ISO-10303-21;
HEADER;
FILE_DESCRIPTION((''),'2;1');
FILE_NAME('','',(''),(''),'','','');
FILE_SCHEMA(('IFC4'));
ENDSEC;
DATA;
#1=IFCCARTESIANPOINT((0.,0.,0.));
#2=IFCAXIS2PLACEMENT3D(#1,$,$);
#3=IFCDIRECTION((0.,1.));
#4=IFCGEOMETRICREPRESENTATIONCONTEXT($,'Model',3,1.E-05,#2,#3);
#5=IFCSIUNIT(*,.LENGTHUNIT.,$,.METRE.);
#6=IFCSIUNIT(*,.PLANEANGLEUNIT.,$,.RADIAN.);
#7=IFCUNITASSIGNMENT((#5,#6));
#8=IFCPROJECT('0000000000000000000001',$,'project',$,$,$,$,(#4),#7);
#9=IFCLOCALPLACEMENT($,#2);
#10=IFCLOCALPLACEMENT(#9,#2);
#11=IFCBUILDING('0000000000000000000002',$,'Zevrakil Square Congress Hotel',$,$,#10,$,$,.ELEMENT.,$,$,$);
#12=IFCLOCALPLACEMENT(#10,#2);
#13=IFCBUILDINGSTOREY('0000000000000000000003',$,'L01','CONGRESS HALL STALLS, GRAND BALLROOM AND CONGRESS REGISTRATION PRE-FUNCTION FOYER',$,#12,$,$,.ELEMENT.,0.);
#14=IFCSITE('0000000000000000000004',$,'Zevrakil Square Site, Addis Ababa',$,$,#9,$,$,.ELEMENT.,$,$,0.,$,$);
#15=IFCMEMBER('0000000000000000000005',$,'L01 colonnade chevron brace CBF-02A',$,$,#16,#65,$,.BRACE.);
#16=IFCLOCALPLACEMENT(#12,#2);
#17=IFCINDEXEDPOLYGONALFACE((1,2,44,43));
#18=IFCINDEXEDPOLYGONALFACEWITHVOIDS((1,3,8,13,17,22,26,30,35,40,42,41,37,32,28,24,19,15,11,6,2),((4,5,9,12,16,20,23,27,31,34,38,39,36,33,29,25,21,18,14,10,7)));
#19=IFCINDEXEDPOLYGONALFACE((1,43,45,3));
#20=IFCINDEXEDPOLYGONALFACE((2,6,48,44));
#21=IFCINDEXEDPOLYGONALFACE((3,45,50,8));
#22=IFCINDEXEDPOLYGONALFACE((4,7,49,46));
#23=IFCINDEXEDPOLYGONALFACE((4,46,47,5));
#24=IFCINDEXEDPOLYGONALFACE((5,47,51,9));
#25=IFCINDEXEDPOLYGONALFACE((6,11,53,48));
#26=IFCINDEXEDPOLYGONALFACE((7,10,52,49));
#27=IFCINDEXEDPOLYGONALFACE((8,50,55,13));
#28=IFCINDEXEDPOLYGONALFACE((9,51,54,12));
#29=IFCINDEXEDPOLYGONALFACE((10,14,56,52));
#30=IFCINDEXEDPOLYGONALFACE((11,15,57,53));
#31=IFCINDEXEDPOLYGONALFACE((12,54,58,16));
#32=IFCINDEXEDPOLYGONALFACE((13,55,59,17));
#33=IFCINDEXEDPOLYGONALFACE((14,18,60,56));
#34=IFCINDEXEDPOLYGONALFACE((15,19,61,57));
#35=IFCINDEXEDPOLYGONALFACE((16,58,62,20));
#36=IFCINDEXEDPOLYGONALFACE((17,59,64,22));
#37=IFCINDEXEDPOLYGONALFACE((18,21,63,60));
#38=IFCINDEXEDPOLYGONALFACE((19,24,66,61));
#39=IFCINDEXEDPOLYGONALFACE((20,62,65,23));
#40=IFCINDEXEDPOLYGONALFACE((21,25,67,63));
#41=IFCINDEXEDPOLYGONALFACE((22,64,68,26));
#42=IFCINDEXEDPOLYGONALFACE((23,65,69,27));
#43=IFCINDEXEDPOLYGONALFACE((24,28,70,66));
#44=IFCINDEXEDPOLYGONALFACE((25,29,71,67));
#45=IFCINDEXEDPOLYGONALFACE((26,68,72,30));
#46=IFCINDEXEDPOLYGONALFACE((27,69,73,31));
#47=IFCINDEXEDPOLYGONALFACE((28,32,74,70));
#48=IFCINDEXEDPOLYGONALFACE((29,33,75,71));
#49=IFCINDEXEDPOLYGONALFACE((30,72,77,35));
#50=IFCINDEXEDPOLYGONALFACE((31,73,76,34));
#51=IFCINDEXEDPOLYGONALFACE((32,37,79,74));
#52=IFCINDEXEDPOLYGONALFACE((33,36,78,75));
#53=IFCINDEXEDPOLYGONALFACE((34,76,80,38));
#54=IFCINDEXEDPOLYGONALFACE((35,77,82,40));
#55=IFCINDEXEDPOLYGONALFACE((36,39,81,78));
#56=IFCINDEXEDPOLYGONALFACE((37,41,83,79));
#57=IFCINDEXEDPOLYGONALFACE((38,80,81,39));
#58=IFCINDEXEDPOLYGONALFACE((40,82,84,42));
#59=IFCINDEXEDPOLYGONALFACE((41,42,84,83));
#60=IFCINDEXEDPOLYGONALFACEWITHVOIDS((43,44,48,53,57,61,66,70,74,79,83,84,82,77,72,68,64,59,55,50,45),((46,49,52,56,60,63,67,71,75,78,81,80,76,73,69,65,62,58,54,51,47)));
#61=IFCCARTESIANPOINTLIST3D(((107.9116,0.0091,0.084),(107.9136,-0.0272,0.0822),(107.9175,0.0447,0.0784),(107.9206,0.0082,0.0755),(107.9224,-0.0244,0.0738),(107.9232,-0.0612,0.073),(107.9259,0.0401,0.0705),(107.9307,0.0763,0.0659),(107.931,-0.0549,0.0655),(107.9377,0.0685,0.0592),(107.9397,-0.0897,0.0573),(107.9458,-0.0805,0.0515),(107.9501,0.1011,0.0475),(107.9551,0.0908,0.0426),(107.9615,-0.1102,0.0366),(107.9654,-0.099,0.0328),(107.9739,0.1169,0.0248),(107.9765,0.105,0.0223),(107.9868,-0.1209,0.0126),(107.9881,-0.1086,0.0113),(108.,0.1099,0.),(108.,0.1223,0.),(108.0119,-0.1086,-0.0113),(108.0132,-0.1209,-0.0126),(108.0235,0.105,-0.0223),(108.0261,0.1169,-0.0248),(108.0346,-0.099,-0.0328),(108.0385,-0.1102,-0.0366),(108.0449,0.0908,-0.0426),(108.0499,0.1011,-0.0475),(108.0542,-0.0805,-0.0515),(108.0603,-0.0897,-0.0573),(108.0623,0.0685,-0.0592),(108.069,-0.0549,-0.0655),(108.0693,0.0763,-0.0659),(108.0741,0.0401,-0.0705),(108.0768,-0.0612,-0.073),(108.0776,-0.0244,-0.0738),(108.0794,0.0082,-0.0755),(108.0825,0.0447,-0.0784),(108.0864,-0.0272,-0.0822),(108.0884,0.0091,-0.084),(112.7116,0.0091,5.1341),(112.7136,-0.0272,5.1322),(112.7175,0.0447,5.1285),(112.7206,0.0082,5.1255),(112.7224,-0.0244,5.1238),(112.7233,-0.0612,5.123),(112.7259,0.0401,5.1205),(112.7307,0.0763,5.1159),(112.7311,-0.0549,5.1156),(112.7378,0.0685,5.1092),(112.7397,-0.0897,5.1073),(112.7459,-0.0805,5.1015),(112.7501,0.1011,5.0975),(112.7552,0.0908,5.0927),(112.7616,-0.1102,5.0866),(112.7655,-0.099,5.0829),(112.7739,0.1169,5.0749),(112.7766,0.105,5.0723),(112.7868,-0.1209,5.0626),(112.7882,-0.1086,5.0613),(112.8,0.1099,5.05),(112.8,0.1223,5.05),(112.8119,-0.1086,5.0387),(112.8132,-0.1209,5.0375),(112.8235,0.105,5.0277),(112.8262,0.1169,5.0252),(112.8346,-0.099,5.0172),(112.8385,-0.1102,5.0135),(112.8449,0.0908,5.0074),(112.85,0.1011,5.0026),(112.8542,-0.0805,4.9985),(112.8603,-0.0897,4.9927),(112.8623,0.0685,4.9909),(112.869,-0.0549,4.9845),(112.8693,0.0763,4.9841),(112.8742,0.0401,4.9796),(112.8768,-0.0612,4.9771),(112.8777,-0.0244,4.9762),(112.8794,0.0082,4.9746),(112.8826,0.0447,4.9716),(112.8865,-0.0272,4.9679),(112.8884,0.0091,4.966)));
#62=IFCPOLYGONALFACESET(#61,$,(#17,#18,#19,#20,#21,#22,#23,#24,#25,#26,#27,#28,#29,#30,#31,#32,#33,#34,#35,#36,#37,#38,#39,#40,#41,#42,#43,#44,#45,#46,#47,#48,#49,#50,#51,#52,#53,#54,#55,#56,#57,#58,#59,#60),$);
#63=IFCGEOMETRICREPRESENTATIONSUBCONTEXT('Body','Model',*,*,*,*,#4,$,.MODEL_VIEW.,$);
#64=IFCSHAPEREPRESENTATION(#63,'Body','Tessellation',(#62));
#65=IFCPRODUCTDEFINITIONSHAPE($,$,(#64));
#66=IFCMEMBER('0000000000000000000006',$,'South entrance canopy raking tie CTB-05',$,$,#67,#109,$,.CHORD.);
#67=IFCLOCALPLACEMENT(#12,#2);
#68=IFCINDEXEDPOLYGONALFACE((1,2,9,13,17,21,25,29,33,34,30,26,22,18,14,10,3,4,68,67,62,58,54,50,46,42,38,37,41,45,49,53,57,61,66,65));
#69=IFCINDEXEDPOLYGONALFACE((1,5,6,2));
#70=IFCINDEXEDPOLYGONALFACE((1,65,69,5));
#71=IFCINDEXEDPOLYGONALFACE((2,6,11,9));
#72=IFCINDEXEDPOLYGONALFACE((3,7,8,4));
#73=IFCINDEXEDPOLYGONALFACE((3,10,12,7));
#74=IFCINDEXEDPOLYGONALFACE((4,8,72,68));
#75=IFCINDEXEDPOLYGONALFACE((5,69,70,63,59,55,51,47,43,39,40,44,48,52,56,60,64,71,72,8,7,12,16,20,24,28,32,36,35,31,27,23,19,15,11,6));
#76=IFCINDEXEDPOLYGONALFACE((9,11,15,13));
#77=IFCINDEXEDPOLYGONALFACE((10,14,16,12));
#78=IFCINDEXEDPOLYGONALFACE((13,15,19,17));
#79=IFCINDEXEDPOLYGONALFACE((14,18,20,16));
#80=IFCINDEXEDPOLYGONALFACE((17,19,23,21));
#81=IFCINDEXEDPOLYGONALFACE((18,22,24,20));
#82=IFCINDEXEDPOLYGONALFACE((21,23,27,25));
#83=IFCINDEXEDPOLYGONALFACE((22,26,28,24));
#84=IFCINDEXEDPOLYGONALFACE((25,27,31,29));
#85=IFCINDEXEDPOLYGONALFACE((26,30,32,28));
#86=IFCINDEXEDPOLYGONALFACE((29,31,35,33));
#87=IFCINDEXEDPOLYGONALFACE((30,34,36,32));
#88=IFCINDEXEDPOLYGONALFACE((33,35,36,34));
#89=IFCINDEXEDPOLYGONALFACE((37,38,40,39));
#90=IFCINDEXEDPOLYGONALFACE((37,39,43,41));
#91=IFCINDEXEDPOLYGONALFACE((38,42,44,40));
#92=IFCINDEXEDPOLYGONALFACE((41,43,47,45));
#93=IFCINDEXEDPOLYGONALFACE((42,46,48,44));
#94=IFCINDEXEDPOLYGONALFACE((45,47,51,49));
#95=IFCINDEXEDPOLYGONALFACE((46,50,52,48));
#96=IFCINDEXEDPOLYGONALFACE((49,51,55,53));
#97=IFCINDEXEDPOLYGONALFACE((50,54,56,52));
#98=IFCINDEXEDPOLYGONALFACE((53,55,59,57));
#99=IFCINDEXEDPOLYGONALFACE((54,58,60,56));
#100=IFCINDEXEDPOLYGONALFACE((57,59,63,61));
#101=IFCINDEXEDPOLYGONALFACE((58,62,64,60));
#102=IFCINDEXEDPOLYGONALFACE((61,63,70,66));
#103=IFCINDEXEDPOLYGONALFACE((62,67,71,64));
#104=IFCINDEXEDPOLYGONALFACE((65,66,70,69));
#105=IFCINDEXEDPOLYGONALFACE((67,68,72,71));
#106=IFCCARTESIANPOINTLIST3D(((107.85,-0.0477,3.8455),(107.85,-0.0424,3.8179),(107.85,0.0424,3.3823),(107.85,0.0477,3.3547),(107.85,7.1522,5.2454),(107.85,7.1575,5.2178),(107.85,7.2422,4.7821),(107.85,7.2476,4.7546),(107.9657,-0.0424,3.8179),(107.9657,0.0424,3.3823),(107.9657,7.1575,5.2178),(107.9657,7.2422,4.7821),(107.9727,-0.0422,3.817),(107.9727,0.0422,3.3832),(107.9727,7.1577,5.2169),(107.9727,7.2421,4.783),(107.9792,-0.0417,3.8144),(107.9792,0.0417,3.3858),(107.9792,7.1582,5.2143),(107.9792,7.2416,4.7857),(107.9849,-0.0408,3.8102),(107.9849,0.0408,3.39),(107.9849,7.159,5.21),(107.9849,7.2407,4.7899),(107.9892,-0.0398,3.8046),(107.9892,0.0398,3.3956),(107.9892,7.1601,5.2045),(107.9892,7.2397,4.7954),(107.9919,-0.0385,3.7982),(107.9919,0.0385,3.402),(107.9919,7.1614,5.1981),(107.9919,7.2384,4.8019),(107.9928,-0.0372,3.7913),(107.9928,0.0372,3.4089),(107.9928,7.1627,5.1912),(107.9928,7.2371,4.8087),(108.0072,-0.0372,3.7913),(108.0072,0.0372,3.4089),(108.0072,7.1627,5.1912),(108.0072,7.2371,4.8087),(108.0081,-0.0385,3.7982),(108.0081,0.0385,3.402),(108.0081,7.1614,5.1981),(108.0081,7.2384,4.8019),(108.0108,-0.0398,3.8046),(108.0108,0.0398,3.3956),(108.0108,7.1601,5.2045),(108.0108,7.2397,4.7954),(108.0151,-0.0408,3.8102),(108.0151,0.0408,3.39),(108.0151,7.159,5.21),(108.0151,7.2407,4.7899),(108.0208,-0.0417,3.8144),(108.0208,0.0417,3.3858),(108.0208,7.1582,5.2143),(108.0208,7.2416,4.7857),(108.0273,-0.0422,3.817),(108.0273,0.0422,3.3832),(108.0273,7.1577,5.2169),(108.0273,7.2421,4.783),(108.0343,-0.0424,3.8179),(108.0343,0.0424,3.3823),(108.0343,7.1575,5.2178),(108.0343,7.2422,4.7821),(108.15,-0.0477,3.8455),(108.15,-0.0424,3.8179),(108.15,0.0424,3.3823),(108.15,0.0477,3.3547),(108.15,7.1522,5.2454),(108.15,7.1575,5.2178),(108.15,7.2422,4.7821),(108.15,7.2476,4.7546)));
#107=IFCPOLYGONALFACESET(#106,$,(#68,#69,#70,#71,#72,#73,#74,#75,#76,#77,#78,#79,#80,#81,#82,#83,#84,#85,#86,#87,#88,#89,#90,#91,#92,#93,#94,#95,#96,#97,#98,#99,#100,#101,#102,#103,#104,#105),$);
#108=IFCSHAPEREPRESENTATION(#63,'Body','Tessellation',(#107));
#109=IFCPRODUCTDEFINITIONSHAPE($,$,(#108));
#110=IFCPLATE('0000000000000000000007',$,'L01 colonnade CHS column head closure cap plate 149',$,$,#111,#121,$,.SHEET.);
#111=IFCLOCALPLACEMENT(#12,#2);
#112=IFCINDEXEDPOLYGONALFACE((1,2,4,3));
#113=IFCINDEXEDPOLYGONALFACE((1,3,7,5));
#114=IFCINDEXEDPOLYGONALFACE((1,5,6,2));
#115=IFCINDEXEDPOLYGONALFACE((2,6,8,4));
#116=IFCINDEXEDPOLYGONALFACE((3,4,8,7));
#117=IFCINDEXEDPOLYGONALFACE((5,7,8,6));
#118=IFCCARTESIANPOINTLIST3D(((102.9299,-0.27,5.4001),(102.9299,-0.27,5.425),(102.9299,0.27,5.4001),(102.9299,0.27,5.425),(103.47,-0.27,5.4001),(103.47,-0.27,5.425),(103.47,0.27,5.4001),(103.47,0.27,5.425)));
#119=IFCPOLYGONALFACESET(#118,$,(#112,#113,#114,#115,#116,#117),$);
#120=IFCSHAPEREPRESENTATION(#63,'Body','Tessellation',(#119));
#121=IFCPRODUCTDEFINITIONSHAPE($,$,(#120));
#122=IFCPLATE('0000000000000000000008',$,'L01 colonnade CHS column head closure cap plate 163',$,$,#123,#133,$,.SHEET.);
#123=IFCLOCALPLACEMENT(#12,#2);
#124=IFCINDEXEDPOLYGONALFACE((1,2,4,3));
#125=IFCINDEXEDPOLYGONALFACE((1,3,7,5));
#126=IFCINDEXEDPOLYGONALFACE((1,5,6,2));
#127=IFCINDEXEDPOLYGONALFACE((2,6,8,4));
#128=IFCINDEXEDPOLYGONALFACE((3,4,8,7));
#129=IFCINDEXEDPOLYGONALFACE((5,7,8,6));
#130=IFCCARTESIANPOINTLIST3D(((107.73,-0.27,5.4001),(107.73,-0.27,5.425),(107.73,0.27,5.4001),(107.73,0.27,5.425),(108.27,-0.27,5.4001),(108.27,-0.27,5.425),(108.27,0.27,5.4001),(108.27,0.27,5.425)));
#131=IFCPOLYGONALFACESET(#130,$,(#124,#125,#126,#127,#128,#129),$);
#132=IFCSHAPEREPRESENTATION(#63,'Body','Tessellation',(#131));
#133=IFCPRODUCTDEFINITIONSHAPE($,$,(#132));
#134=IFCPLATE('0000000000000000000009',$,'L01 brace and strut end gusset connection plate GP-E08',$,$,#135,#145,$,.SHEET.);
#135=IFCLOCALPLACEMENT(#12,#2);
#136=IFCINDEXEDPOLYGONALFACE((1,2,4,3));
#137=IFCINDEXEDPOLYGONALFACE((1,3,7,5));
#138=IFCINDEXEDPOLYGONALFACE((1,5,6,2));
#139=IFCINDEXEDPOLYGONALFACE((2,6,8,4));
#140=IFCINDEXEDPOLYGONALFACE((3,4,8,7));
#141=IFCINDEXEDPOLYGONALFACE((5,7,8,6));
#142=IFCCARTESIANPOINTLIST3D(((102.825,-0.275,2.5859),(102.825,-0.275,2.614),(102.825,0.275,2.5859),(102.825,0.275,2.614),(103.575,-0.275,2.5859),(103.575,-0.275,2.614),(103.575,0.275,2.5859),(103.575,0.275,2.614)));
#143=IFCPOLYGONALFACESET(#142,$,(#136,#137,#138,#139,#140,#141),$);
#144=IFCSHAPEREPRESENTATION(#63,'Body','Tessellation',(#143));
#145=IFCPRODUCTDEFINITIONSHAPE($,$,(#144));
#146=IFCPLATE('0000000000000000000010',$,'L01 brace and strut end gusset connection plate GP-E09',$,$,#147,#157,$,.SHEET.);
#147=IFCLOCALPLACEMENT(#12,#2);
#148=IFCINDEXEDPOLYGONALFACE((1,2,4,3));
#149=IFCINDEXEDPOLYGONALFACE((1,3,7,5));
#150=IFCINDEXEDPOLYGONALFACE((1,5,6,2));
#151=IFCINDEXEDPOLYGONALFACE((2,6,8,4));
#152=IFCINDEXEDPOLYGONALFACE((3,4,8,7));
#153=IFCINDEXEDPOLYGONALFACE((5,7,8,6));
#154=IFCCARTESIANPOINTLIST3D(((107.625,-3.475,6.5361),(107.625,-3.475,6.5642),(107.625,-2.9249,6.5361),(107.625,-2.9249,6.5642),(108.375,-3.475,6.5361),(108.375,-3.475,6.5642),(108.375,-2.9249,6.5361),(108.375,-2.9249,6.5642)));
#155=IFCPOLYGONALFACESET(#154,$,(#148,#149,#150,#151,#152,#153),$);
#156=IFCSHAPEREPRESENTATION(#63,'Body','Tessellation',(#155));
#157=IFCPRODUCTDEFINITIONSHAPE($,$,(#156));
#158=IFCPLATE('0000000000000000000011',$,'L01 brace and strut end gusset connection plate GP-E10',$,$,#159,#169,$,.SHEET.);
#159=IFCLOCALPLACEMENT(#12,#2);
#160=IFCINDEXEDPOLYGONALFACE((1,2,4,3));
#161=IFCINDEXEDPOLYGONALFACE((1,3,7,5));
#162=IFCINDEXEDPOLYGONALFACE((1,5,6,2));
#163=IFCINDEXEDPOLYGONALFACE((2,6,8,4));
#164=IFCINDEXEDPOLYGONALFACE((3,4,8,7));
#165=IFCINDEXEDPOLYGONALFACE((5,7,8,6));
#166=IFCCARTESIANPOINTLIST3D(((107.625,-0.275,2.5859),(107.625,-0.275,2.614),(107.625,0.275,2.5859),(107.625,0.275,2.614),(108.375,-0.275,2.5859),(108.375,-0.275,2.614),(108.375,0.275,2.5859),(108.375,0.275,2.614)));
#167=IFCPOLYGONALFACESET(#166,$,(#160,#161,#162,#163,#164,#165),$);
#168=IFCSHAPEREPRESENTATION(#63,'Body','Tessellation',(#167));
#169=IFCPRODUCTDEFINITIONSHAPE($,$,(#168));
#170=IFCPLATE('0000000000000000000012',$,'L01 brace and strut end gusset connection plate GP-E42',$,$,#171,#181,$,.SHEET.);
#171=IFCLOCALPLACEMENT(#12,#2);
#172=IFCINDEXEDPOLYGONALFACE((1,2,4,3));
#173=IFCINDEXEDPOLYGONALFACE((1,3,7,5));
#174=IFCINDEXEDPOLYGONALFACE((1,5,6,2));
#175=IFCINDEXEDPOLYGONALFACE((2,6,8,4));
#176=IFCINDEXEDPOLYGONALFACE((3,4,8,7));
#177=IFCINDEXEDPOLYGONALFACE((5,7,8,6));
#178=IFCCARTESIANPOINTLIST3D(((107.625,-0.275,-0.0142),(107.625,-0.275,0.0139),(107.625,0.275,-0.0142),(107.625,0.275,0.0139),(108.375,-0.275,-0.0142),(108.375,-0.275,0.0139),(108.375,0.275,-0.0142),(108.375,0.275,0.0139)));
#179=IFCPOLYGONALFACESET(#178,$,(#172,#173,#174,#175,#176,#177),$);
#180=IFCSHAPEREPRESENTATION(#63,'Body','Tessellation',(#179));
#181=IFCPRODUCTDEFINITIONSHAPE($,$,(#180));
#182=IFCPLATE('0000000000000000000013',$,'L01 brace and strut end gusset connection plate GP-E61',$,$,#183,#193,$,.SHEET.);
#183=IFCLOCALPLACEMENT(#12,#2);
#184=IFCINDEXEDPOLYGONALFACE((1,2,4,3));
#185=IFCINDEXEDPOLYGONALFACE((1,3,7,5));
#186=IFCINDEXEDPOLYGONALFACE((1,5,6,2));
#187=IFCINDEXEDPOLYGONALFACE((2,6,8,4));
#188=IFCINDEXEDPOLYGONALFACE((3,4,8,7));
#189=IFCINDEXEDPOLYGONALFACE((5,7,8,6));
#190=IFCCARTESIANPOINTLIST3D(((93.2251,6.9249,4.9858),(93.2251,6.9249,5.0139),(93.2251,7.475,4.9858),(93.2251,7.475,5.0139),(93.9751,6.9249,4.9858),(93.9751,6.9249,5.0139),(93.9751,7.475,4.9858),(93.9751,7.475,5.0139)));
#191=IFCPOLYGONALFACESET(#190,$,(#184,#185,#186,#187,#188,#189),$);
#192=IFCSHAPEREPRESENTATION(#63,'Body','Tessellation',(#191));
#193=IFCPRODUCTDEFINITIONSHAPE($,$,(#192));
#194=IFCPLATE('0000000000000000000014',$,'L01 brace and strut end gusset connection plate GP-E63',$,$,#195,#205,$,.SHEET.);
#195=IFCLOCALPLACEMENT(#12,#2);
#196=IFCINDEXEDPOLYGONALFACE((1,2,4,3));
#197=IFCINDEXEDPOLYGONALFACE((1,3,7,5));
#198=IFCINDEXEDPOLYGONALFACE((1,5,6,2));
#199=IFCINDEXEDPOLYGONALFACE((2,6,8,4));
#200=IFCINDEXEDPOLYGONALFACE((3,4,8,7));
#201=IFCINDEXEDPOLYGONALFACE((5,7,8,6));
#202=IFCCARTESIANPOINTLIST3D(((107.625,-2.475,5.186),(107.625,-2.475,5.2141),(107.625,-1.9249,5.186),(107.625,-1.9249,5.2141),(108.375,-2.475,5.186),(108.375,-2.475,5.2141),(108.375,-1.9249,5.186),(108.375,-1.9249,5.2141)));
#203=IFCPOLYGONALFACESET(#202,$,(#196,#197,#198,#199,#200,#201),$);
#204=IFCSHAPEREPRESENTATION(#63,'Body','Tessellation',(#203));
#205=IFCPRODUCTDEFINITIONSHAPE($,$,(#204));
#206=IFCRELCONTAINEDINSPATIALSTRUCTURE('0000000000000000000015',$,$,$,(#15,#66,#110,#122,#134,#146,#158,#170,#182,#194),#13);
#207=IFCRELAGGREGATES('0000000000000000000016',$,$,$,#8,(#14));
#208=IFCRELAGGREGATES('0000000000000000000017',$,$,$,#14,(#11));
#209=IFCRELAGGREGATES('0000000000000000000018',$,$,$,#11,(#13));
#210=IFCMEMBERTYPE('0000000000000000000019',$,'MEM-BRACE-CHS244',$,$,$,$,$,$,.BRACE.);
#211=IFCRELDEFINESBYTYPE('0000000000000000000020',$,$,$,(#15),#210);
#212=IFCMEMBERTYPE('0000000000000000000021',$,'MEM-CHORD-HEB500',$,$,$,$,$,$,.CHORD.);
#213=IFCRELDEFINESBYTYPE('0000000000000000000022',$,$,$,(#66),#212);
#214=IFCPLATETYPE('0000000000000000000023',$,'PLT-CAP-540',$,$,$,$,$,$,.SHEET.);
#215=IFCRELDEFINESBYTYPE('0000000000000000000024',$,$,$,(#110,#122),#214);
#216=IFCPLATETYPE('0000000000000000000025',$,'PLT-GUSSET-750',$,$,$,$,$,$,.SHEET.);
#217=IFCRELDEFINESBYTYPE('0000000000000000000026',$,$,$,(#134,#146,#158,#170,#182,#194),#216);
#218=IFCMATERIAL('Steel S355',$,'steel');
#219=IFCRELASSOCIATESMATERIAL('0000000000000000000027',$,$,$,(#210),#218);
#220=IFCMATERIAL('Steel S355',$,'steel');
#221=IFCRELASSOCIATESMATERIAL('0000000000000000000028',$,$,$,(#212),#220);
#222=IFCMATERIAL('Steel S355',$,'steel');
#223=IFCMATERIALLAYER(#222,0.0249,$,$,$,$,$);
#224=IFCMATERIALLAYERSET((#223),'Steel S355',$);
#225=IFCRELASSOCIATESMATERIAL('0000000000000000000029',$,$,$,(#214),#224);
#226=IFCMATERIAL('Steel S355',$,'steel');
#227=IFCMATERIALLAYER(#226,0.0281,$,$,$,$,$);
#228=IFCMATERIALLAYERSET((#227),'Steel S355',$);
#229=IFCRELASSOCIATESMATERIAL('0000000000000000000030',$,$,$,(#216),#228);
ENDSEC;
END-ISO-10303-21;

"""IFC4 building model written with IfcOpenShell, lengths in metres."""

from ifc_helpers import new_model, si_unit, direction, frame, origin, origin_2d, place, context, subcontext, project, spatial, rectangle, hollow_circle, i_section, extrude, material, layer, layer_set, material_profile, profile_set, type_object, element, save


model = new_model("IFC4")

# Units and contexts
model_context = context("Model", 3, precision=1e-05, world=origin(), true_north=direction((0.0, 1.0)))
body_context = subcontext(model_context, "Body", "Model", "MODEL_VIEW")
ifc_project = project(units=[si_unit("LENGTHUNIT", "METRE"), si_unit("PLANEANGLEUNIT", "RADIAN")], contexts=[model_context])

# Site, building, storey
site_placement = place(None, origin())
site = spatial("IfcSite", under=ifc_project, at=site_placement, Name="Zevrakil Square Site, Addis Ababa", CompositionType="ELEMENT", RefElevation=0.0)
building_placement = place(site_placement, origin())
building = spatial("IfcBuilding", under=site, at=building_placement, Name="Zevrakil Square Congress Hotel", CompositionType="ELEMENT")
storey_placement = place(building_placement, origin())
storey = spatial("IfcBuildingStorey", under=building, at=storey_placement, Name="L01", Description="CONGRESS HALL STALLS, GRAND BALLROOM AND CONGRESS REGISTRATION PRE-FUNCTION FOYER", CompositionType="ELEMENT", Elevation=0.0)

# Members
ifc_material_1 = material(Name="Steel S355", Category="steel")
ifc_material_profile_1 = material_profile(ifc_material_1, hollow_circle(Radius=0.1223, WallThickness=0.0125, at=origin_2d()), Name="CHS 244.5x12.5")
ifc_profile_set_1 = profile_set([ifc_material_profile_1], Name="Steel S355")
member_type_1 = type_object("IfcMemberType", Name="MEM-BRACE-CHS244", PredefinedType="BRACE", material=ifc_profile_set_1)
member_1_placement = place(storey_placement, frame((108.0, 0.0, 0.0), z_axis=(0.688938, 0.0, 0.72482), x_axis=(0.0, 1.0, 0.0)))
element("IfcMember", 1, at=member_1_placement, inside=storey, type_object=member_type_1, Name="L01 colonnade chevron brace CBF-02A", PredefinedType="BRACE", context=body_context, shape_type="SweptSolid", body=[
    extrude(hollow_circle(Radius=0.1223, WallThickness=0.0125, at=origin_2d()), origin(), (0.0, 0.0, 1.0), 6.9673),
])
ifc_material_2 = material(Name="Steel S355", Category="steel")
ifc_material_profile_2 = material_profile(ifc_material_2, i_section(OverallWidth=0.3, OverallDepth=0.5, WebThickness=0.0144, FlangeThickness=0.0281, FilletRadius=0.0271, at=origin_2d()), Name="HEB 500")
ifc_profile_set_2 = profile_set([ifc_material_profile_2], Name="Steel S355")
member_type_2 = type_object("IfcMemberType", Name="MEM-CHORD-HEB500", PredefinedType="CHORD", material=ifc_profile_set_2)
member_2_placement = place(storey_placement, frame((108.0, 0.0, 3.6001), z_axis=(0.0, 0.981618, 0.190858), x_axis=(-1.0, 0.0, 0.0)))
element("IfcMember", 2, at=member_2_placement, inside=storey, type_object=member_type_2, Name="South entrance canopy raking tie CTB-05", PredefinedType="CHORD", context=body_context, shape_type="SweptSolid", body=[
    extrude(i_section(OverallWidth=0.3, OverallDepth=0.5, WebThickness=0.0144, FlangeThickness=0.0281, FilletRadius=0.0271, at=origin_2d()), origin(), (0.0, 0.0, 1.0), 7.3347),
])

# Plates
ifc_material_3 = material(Name="Steel S355", Category="steel")
ifc_layer_1 = layer(ifc_material_3, 0.0249)
ifc_layer_set_1 = layer_set([ifc_layer_1], Name="Steel S355")
plate_type_1 = type_object("IfcPlateType", Name="PLT-CAP-540", PredefinedType="SHEET", material=ifc_layer_set_1)
for number, where, z_axis, x_axis, name in (
    (3, (103.2, 0.0, 5.4001), (0.0, 0.0, 1.0), (1.0, 0.0, 0.0), "L01 colonnade CHS column head closure cap plate 149"),
    (4, (108.0, 0.0, 5.4001), (0.0, 0.0, 1.0), (1.0, 0.0, 0.0), "L01 colonnade CHS column head closure cap plate 163"),
):
    element("IfcPlate", number, at=place(storey_placement, frame(where, z_axis=z_axis, x_axis=x_axis)), inside=storey, type_object=plate_type_1, Name=name, PredefinedType="SHEET", context=body_context, shape_type="SweptSolid", body=[
        extrude(rectangle(XDim=0.54, YDim=0.54, at=origin_2d()), origin(), (0.0, 0.0, 1.0), 0.0249),
    ])
ifc_material_4 = material(Name="Steel S355", Category="steel")
ifc_layer_2 = layer(ifc_material_4, 0.0281)
ifc_layer_set_2 = layer_set([ifc_layer_2], Name="Steel S355")
plate_type_2 = type_object("IfcPlateType", Name="PLT-GUSSET-750", PredefinedType="SHEET", material=ifc_layer_set_2)
for number, where, z_axis, x_axis, name in (
    (5, (103.2, 0.0, 2.5859), (0.0, 0.0, 1.0), (1.0, 0.0, 0.0), "L01 brace and strut end gusset connection plate GP-E08"),
    (6, (108.0, -3.2, 6.5361), (0.0, 0.0, 1.0), (1.0, 0.0, 0.0), "L01 brace and strut end gusset connection plate GP-E09"),
    (7, (108.0, 0.0, 2.5859), (0.0, 0.0, 1.0), (1.0, 0.0, 0.0), "L01 brace and strut end gusset connection plate GP-E10"),
    (8, (108.0, 0.0, -0.0142), (0.0, 0.0, 1.0), (1.0, 0.0, 0.0), "L01 brace and strut end gusset connection plate GP-E42"),
    (9, (93.6001, 7.2, 4.9858), (0.0, 0.0, 1.0), (1.0, 0.0, 0.0), "L01 brace and strut end gusset connection plate GP-E61"),
    (10, (108.0, -2.2, 5.186), (0.0, 0.0, 1.0), (1.0, 0.0, 0.0), "L01 brace and strut end gusset connection plate GP-E63"),
):
    element("IfcPlate", number, at=place(storey_placement, frame(where, z_axis=z_axis, x_axis=x_axis)), inside=storey, type_object=plate_type_2, Name=name, PredefinedType="SHEET", context=body_context, shape_type="SweptSolid", body=[
        extrude(rectangle(XDim=0.75, YDim=0.55, at=origin_2d()), origin(), (0.0, 0.0, 1.0), 0.0281),
    ])

save(model, "model.ifc")
